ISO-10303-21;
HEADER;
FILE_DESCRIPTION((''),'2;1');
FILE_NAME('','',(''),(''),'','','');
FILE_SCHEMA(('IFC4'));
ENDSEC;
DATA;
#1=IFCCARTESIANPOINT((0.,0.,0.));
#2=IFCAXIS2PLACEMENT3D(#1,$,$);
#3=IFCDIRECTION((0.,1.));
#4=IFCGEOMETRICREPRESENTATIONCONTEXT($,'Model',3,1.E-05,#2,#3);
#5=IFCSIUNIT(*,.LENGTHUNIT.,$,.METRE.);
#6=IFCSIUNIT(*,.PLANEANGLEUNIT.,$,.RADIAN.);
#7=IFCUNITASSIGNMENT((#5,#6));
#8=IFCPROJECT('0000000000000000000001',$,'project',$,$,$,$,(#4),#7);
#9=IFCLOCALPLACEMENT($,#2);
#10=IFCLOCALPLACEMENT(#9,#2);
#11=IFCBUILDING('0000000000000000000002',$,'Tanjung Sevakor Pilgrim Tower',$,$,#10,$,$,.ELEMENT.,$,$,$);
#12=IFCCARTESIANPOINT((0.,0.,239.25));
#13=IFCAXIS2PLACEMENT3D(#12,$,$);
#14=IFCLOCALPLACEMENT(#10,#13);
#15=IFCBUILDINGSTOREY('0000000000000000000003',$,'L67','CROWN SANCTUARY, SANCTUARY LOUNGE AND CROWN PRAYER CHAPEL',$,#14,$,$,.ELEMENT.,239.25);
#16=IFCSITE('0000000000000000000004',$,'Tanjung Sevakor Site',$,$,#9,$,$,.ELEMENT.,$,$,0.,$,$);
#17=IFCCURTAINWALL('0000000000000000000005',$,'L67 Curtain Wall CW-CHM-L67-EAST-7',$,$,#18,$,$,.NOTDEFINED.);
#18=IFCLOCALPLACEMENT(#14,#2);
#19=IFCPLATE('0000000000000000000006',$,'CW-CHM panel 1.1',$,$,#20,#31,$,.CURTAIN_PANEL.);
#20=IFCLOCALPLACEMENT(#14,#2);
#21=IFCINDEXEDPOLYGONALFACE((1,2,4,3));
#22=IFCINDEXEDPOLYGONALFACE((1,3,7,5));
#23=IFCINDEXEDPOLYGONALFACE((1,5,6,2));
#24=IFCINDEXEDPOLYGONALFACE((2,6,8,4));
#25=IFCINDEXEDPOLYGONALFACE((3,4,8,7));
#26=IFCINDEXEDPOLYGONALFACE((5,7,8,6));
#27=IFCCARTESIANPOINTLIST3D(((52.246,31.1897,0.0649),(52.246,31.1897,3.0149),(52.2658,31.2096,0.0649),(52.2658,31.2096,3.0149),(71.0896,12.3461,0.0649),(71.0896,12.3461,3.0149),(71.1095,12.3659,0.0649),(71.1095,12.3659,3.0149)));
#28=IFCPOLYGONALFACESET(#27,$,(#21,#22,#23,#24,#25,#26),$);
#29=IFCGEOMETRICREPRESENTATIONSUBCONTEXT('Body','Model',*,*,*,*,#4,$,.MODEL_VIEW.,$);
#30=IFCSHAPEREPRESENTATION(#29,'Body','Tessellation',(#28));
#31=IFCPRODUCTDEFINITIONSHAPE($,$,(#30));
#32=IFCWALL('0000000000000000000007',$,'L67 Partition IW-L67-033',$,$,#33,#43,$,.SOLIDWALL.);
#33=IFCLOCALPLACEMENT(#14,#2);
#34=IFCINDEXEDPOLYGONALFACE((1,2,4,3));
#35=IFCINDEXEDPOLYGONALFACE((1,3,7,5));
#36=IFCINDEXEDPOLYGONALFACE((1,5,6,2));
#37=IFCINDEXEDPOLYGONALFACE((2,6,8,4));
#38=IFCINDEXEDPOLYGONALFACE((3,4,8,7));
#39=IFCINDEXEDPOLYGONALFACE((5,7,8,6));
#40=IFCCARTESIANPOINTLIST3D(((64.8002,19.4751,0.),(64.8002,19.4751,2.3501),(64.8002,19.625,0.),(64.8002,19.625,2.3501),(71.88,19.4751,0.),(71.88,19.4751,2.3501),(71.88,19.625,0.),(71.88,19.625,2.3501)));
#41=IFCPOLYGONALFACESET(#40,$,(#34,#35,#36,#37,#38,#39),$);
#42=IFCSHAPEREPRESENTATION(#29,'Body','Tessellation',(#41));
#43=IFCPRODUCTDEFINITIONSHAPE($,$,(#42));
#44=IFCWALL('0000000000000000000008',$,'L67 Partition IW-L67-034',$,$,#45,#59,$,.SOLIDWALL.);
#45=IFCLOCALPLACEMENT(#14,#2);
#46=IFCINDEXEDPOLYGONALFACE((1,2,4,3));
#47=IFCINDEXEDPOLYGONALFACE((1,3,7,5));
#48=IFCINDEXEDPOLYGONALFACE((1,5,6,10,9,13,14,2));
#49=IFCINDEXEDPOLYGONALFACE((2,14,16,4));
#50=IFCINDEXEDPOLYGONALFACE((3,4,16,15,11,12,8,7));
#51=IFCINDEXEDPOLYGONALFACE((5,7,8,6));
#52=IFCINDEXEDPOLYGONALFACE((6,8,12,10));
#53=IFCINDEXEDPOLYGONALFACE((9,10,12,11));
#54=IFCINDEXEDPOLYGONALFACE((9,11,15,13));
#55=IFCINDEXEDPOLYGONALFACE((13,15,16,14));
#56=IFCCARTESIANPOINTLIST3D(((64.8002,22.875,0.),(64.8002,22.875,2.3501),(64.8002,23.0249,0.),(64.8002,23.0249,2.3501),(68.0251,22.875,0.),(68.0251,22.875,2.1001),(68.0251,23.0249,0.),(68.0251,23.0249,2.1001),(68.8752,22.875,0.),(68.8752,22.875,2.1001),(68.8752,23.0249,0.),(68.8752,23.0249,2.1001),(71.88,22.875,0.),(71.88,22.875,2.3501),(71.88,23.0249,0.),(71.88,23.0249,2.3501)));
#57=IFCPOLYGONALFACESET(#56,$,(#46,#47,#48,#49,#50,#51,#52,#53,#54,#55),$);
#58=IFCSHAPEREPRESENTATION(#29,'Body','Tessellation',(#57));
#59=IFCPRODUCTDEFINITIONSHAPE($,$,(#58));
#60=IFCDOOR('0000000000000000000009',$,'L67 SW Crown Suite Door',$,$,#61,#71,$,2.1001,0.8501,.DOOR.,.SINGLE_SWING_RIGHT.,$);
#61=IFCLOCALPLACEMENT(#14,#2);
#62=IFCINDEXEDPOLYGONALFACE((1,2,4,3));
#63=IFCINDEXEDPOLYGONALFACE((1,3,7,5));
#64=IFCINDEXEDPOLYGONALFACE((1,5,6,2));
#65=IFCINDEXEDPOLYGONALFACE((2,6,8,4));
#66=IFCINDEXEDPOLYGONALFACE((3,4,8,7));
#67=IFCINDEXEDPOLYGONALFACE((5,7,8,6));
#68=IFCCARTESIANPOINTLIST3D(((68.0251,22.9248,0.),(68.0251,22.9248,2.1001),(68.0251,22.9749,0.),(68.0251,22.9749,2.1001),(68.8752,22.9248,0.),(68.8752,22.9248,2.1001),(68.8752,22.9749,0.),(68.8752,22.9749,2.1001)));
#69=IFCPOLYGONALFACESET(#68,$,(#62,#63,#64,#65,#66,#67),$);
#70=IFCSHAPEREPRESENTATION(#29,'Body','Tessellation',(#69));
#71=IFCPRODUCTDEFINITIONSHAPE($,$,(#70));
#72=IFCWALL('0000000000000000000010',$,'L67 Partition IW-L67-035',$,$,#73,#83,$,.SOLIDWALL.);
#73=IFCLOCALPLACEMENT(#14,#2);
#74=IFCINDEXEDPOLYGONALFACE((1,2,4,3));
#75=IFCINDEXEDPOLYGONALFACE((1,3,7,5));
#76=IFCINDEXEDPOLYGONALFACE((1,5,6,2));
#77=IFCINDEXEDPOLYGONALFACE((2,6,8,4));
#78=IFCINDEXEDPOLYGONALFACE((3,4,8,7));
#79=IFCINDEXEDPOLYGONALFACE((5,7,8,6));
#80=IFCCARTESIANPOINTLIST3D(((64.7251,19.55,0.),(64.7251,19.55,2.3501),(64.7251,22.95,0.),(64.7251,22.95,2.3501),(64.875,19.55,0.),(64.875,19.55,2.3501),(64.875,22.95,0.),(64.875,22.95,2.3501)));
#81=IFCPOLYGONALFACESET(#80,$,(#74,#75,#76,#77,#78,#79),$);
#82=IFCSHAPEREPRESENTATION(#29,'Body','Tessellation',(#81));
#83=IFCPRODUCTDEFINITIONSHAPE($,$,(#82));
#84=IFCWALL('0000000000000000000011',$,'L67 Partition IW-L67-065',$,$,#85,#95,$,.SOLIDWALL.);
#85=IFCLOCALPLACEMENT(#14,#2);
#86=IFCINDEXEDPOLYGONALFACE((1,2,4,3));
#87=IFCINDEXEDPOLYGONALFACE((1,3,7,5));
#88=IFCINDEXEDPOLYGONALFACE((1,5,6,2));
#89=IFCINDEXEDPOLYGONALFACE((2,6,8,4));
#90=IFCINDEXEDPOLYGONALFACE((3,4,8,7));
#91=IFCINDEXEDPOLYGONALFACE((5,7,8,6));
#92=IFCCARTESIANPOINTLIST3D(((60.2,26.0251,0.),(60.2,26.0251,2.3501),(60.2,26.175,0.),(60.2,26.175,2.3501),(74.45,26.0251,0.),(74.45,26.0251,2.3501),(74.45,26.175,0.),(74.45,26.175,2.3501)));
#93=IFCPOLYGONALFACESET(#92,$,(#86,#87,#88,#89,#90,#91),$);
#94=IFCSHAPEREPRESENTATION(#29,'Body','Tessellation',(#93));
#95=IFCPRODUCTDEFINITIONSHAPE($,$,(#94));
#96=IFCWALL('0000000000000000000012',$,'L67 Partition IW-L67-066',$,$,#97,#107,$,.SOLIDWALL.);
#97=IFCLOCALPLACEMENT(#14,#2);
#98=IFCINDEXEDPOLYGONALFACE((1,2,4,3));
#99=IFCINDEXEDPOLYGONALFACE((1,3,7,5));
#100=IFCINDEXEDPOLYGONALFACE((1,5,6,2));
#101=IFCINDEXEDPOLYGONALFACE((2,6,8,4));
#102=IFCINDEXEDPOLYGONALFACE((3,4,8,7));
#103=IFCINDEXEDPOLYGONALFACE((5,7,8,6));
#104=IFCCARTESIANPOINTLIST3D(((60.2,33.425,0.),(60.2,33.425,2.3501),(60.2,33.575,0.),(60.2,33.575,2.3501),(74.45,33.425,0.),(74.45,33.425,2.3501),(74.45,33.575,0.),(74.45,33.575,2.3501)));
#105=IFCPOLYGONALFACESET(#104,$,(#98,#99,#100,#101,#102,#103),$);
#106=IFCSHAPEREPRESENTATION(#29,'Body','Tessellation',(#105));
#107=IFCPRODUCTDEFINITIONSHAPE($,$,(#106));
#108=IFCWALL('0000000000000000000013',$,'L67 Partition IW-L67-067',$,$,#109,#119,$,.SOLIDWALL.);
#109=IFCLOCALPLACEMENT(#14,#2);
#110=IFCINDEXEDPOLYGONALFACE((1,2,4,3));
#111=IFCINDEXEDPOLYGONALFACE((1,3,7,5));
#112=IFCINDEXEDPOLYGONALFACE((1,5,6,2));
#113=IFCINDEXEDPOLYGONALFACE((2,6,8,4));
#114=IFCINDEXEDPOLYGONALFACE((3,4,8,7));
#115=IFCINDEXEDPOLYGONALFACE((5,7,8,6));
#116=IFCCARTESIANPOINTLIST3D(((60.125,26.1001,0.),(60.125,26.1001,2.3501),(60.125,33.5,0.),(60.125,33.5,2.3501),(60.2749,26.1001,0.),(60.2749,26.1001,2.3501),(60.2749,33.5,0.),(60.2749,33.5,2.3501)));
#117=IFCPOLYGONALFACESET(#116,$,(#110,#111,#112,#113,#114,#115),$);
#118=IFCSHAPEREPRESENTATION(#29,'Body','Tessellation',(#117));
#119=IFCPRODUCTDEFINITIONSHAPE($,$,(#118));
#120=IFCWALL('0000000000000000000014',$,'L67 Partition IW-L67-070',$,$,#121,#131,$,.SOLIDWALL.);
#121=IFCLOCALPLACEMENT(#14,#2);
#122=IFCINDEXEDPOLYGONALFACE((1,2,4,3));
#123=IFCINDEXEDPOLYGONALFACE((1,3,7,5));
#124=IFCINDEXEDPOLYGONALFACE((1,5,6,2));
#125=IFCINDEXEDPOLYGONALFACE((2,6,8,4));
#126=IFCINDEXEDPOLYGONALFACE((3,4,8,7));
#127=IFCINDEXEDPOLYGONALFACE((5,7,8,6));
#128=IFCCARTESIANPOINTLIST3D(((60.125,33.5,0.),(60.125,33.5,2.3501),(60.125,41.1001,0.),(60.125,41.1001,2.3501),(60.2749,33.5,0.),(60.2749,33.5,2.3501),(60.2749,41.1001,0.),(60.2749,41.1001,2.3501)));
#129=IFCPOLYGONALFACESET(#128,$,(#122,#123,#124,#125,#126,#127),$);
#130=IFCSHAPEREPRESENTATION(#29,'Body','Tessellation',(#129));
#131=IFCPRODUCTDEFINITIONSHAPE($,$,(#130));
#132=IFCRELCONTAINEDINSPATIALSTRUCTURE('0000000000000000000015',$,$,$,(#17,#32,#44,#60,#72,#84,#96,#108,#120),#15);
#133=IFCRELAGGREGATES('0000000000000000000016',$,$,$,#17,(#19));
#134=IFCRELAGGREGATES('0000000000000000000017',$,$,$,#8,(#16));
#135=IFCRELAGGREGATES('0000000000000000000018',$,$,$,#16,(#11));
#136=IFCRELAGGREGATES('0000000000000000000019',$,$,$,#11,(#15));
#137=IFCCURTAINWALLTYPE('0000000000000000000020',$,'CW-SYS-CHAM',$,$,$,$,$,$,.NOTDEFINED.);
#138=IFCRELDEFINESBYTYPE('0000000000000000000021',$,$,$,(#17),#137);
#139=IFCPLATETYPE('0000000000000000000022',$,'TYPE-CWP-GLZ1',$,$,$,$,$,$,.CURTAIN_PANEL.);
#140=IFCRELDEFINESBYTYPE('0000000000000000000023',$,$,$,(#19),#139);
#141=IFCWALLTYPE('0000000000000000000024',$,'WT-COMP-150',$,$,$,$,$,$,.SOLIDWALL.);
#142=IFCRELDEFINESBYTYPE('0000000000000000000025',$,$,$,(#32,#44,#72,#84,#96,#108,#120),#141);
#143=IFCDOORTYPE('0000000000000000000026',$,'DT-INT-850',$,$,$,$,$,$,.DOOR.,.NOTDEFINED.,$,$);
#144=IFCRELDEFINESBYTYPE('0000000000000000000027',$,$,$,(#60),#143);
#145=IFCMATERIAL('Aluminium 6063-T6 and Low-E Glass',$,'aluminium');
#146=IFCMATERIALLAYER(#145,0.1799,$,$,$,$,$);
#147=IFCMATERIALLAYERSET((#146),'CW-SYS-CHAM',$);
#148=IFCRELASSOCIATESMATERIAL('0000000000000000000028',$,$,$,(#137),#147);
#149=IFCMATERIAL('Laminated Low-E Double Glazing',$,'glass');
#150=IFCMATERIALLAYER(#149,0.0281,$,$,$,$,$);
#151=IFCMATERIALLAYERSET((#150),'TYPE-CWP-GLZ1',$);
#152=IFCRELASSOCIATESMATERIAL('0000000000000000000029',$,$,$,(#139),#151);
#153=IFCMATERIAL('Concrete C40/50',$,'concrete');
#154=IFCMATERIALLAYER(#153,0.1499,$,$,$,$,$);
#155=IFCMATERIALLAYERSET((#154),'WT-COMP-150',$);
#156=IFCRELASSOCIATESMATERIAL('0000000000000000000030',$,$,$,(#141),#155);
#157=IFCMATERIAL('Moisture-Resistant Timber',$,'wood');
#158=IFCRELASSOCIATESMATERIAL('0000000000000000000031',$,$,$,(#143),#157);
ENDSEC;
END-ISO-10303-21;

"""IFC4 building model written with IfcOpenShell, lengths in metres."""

from ifc_helpers import new_model, si_unit, direction, frame, frame_2d, origin, origin_2d, place, context, subcontext, project, spatial, rectangle, extrude, material, layer, layer_set, type_object, element, fill, aggregate, save


model = new_model("IFC4")

# Units and contexts
model_context = context("Model", 3, precision=1e-05, world=origin(), true_north=direction((0.0, 1.0)))
body_context = subcontext(model_context, "Body", "Model", "MODEL_VIEW")
ifc_project = project(units=[si_unit("LENGTHUNIT", "METRE"), si_unit("PLANEANGLEUNIT", "RADIAN")], contexts=[model_context])

# Site, building, storey
site_placement = place(None, origin())
site = spatial("IfcSite", under=ifc_project, at=site_placement, Name="Tanjung Sevakor Site", CompositionType="ELEMENT", RefElevation=0.0)
building_placement = place(site_placement, origin())
building = spatial("IfcBuilding", under=site, at=building_placement, Name="Tanjung Sevakor Pilgrim Tower", CompositionType="ELEMENT")
storey_placement = place(building_placement, frame((0.0, 0.0, 239.25)))
storey = spatial("IfcBuildingStorey", under=building, at=storey_placement, Name="L67", Description="CROWN SANCTUARY, SANCTUARY LOUNGE AND CROWN PRAYER CHAPEL", CompositionType="ELEMENT", Elevation=239.25)

# Curtain wall, plate
ifc_material_1 = material(Name="Aluminium 6063-T6 and Low-E Glass", Category="aluminium")
ifc_layer_1 = layer(ifc_material_1, 0.1799)
ifc_layer_set_1 = layer_set([ifc_layer_1], Name="CW-SYS-CHAM")
curtain_wall_type = type_object("IfcCurtainWallType", Name="CW-SYS-CHAM", PredefinedType="NOTDEFINED", material=ifc_layer_set_1)
curtain_wall_placement = place(storey_placement, origin())
curtain_wall = element("IfcCurtainWall", 1, at=curtain_wall_placement, inside=storey, type_object=curtain_wall_type, Name="L67 Curtain Wall CW-CHM-L67-EAST-7", PredefinedType="NOTDEFINED")
ifc_material_2 = material(Name="Laminated Low-E Double Glazing", Category="glass")
ifc_layer_2 = layer(ifc_material_2, 0.0281)
ifc_layer_set_2 = layer_set([ifc_layer_2], Name="TYPE-CWP-GLZ1")
plate_type = type_object("IfcPlateType", Name="TYPE-CWP-GLZ1", PredefinedType="CURTAIN_PANEL", material=ifc_layer_set_2)
plate_placement = place(storey_placement, frame((61.6777, 21.7778, 0.0649), z_axis=(0.0, 0.0, 1.0), x_axis=(0.707107, -0.707107, 0.0)))
plate = element("IfcPlate", 2, at=plate_placement, type_object=plate_type, Name="CW-CHM panel 1.1", PredefinedType="CURTAIN_PANEL", context=body_context, shape_type="SweptSolid", body=[
    extrude(rectangle(XDim=26.6489, YDim=0.0281, at=origin_2d()), origin(), (0.0, 0.0, 1.0), 2.95),
])
aggregate(curtain_wall, [plate])

# Wall
ifc_material_3 = material(Name="Concrete C40/50", Category="concrete")
ifc_layer_3 = layer(ifc_material_3, 0.1499)
ifc_layer_set_3 = layer_set([ifc_layer_3], Name="WT-COMP-150")
wall_type_1 = type_object("IfcWallType", Name="WT-COMP-150", PredefinedType="SOLIDWALL", material=ifc_layer_set_3)
wall_1_placement = place(storey_placement, frame((64.8, 19.55, 0.0), z_axis=(0.0, 0.0, 1.0), x_axis=(1.0, 0.0, 0.0)))
element("IfcWall", 3, at=wall_1_placement, inside=storey, type_object=wall_type_1, Name="L67 Partition IW-L67-033", PredefinedType="SOLIDWALL", context=body_context, shape_type="SweptSolid", body=[
    extrude(rectangle(XDim=7.0798, YDim=0.1499, at=frame_2d((3.54, 0.0))), origin(), (0.0, 0.0, 1.0), 2.3501),
])

# Wall, opening, door
wall_2_placement = place(storey_placement, frame((64.8, 22.95, 0.0), z_axis=(0.0, 0.0, 1.0), x_axis=(1.0, 0.0, 0.0)))
wall_2 = element("IfcWall", 4, at=wall_2_placement, inside=storey, type_object=wall_type_1, Name="L67 Partition IW-L67-034", PredefinedType="SOLIDWALL", context=body_context, shape_type="SweptSolid", body=[
    extrude(rectangle(XDim=7.0798, YDim=0.1499, at=frame_2d((3.54, 0.0))), origin(), (0.0, 0.0, 1.0), 2.3501),
])
opening_1_placement = place(wall_2_placement, frame((3.2251, 0.0, 0.0)))
opening_1 = element("IfcOpeningElement", 5, at=opening_1_placement, cuts=wall_2, PredefinedType="OPENING", context=body_context, shape_type="SweptSolid", body=[
    extrude(rectangle(XDim=0.8501, YDim=2.1001, at=frame_2d((0.425, 1.05))), frame((0.0, 0.085, 0.0), z_axis=(0.0, -1.0, 0.0), x_axis=(1.0, 0.0, 0.0)), (0.0, 0.0, 1.0), 0.1699),
])
ifc_material_4 = material(Name="Moisture-Resistant Timber", Category="wood")
door_type = type_object("IfcDoorType", Name="DT-INT-850", OperationType="NOTDEFINED", PredefinedType="DOOR", material=ifc_material_4)
door_placement = place(opening_1_placement, origin())
door = element("IfcDoor", 6, at=door_placement, inside=storey, type_object=door_type, Name="L67 SW Crown Suite Door", OperationType="SINGLE_SWING_RIGHT", OverallHeight=2.1001, OverallWidth=0.8501, PredefinedType="DOOR", context=body_context, shape_type="SweptSolid", body=[
    extrude(rectangle(XDim=0.8501, YDim=2.1001, at=frame_2d((0.425, 1.05))), frame((0.0, 0.0249, 0.0), z_axis=(0.0, -1.0, 0.0), x_axis=(1.0, 0.0, 0.0)), (0.0, 0.0, 1.0), 0.05),
])
fill(opening_1, door)

# Walls
wall_3_placement = place(storey_placement, frame((64.8, 19.55, 0.0), z_axis=(0.0, 0.0, 1.0), x_axis=(0.0, 1.0, 0.0)))
element("IfcWall", 7, at=wall_3_placement, inside=storey, type_object=wall_type_1, Name="L67 Partition IW-L67-035", PredefinedType="SOLIDWALL", context=body_context, shape_type="SweptSolid", body=[
    extrude(rectangle(XDim=3.3999, YDim=0.1499, at=frame_2d((1.7, 0.0))), origin(), (0.0, 0.0, 1.0), 2.3501),
])
for number, where, z_axis, x_axis, name in (
    (8, (60.2, 26.1001, 0.0), (0.0, 0.0, 1.0), (1.0, 0.0, 0.0), "L67 Partition IW-L67-065"),
    (9, (60.2, 33.5, 0.0), (0.0, 0.0, 1.0), (1.0, 0.0, 0.0), "L67 Partition IW-L67-066"),
):
    element("IfcWall", number, at=place(storey_placement, frame(where, z_axis=z_axis, x_axis=x_axis)), inside=storey, type_object=wall_type_1, Name=name, PredefinedType="SOLIDWALL", context=body_context, shape_type="SweptSolid", body=[
        extrude(rectangle(XDim=14.25, YDim=0.1499, at=frame_2d((7.125, 0.0))), origin(), (0.0, 0.0, 1.0), 2.3501),
    ])
wall_4_placement = place(storey_placement, frame((60.2, 26.1001, 0.0), z_axis=(0.0, 0.0, 1.0), x_axis=(0.0, 1.0, 0.0)))
element("IfcWall", 10, at=wall_4_placement, inside=storey, type_object=wall_type_1, Name="L67 Partition IW-L67-067", PredefinedType="SOLIDWALL", context=body_context, shape_type="SweptSolid", body=[
    extrude(rectangle(XDim=7.3999, YDim=0.1499, at=frame_2d((3.7, 0.0))), origin(), (0.0, 0.0, 1.0), 2.3501),
])
wall_5_placement = place(storey_placement, frame((60.2, 33.5, 0.0), z_axis=(0.0, 0.0, 1.0), x_axis=(0.0, 1.0, 0.0)))
element("IfcWall", 11, at=wall_5_placement, inside=storey, type_object=wall_type_1, Name="L67 Partition IW-L67-070", PredefinedType="SOLIDWALL", context=body_context, shape_type="SweptSolid", body=[
    extrude(rectangle(XDim=7.6001, YDim=0.1499, at=frame_2d((3.8, 0.0))), origin(), (0.0, 0.0, 1.0), 2.3501),
])

save(model, "model.ifc")
